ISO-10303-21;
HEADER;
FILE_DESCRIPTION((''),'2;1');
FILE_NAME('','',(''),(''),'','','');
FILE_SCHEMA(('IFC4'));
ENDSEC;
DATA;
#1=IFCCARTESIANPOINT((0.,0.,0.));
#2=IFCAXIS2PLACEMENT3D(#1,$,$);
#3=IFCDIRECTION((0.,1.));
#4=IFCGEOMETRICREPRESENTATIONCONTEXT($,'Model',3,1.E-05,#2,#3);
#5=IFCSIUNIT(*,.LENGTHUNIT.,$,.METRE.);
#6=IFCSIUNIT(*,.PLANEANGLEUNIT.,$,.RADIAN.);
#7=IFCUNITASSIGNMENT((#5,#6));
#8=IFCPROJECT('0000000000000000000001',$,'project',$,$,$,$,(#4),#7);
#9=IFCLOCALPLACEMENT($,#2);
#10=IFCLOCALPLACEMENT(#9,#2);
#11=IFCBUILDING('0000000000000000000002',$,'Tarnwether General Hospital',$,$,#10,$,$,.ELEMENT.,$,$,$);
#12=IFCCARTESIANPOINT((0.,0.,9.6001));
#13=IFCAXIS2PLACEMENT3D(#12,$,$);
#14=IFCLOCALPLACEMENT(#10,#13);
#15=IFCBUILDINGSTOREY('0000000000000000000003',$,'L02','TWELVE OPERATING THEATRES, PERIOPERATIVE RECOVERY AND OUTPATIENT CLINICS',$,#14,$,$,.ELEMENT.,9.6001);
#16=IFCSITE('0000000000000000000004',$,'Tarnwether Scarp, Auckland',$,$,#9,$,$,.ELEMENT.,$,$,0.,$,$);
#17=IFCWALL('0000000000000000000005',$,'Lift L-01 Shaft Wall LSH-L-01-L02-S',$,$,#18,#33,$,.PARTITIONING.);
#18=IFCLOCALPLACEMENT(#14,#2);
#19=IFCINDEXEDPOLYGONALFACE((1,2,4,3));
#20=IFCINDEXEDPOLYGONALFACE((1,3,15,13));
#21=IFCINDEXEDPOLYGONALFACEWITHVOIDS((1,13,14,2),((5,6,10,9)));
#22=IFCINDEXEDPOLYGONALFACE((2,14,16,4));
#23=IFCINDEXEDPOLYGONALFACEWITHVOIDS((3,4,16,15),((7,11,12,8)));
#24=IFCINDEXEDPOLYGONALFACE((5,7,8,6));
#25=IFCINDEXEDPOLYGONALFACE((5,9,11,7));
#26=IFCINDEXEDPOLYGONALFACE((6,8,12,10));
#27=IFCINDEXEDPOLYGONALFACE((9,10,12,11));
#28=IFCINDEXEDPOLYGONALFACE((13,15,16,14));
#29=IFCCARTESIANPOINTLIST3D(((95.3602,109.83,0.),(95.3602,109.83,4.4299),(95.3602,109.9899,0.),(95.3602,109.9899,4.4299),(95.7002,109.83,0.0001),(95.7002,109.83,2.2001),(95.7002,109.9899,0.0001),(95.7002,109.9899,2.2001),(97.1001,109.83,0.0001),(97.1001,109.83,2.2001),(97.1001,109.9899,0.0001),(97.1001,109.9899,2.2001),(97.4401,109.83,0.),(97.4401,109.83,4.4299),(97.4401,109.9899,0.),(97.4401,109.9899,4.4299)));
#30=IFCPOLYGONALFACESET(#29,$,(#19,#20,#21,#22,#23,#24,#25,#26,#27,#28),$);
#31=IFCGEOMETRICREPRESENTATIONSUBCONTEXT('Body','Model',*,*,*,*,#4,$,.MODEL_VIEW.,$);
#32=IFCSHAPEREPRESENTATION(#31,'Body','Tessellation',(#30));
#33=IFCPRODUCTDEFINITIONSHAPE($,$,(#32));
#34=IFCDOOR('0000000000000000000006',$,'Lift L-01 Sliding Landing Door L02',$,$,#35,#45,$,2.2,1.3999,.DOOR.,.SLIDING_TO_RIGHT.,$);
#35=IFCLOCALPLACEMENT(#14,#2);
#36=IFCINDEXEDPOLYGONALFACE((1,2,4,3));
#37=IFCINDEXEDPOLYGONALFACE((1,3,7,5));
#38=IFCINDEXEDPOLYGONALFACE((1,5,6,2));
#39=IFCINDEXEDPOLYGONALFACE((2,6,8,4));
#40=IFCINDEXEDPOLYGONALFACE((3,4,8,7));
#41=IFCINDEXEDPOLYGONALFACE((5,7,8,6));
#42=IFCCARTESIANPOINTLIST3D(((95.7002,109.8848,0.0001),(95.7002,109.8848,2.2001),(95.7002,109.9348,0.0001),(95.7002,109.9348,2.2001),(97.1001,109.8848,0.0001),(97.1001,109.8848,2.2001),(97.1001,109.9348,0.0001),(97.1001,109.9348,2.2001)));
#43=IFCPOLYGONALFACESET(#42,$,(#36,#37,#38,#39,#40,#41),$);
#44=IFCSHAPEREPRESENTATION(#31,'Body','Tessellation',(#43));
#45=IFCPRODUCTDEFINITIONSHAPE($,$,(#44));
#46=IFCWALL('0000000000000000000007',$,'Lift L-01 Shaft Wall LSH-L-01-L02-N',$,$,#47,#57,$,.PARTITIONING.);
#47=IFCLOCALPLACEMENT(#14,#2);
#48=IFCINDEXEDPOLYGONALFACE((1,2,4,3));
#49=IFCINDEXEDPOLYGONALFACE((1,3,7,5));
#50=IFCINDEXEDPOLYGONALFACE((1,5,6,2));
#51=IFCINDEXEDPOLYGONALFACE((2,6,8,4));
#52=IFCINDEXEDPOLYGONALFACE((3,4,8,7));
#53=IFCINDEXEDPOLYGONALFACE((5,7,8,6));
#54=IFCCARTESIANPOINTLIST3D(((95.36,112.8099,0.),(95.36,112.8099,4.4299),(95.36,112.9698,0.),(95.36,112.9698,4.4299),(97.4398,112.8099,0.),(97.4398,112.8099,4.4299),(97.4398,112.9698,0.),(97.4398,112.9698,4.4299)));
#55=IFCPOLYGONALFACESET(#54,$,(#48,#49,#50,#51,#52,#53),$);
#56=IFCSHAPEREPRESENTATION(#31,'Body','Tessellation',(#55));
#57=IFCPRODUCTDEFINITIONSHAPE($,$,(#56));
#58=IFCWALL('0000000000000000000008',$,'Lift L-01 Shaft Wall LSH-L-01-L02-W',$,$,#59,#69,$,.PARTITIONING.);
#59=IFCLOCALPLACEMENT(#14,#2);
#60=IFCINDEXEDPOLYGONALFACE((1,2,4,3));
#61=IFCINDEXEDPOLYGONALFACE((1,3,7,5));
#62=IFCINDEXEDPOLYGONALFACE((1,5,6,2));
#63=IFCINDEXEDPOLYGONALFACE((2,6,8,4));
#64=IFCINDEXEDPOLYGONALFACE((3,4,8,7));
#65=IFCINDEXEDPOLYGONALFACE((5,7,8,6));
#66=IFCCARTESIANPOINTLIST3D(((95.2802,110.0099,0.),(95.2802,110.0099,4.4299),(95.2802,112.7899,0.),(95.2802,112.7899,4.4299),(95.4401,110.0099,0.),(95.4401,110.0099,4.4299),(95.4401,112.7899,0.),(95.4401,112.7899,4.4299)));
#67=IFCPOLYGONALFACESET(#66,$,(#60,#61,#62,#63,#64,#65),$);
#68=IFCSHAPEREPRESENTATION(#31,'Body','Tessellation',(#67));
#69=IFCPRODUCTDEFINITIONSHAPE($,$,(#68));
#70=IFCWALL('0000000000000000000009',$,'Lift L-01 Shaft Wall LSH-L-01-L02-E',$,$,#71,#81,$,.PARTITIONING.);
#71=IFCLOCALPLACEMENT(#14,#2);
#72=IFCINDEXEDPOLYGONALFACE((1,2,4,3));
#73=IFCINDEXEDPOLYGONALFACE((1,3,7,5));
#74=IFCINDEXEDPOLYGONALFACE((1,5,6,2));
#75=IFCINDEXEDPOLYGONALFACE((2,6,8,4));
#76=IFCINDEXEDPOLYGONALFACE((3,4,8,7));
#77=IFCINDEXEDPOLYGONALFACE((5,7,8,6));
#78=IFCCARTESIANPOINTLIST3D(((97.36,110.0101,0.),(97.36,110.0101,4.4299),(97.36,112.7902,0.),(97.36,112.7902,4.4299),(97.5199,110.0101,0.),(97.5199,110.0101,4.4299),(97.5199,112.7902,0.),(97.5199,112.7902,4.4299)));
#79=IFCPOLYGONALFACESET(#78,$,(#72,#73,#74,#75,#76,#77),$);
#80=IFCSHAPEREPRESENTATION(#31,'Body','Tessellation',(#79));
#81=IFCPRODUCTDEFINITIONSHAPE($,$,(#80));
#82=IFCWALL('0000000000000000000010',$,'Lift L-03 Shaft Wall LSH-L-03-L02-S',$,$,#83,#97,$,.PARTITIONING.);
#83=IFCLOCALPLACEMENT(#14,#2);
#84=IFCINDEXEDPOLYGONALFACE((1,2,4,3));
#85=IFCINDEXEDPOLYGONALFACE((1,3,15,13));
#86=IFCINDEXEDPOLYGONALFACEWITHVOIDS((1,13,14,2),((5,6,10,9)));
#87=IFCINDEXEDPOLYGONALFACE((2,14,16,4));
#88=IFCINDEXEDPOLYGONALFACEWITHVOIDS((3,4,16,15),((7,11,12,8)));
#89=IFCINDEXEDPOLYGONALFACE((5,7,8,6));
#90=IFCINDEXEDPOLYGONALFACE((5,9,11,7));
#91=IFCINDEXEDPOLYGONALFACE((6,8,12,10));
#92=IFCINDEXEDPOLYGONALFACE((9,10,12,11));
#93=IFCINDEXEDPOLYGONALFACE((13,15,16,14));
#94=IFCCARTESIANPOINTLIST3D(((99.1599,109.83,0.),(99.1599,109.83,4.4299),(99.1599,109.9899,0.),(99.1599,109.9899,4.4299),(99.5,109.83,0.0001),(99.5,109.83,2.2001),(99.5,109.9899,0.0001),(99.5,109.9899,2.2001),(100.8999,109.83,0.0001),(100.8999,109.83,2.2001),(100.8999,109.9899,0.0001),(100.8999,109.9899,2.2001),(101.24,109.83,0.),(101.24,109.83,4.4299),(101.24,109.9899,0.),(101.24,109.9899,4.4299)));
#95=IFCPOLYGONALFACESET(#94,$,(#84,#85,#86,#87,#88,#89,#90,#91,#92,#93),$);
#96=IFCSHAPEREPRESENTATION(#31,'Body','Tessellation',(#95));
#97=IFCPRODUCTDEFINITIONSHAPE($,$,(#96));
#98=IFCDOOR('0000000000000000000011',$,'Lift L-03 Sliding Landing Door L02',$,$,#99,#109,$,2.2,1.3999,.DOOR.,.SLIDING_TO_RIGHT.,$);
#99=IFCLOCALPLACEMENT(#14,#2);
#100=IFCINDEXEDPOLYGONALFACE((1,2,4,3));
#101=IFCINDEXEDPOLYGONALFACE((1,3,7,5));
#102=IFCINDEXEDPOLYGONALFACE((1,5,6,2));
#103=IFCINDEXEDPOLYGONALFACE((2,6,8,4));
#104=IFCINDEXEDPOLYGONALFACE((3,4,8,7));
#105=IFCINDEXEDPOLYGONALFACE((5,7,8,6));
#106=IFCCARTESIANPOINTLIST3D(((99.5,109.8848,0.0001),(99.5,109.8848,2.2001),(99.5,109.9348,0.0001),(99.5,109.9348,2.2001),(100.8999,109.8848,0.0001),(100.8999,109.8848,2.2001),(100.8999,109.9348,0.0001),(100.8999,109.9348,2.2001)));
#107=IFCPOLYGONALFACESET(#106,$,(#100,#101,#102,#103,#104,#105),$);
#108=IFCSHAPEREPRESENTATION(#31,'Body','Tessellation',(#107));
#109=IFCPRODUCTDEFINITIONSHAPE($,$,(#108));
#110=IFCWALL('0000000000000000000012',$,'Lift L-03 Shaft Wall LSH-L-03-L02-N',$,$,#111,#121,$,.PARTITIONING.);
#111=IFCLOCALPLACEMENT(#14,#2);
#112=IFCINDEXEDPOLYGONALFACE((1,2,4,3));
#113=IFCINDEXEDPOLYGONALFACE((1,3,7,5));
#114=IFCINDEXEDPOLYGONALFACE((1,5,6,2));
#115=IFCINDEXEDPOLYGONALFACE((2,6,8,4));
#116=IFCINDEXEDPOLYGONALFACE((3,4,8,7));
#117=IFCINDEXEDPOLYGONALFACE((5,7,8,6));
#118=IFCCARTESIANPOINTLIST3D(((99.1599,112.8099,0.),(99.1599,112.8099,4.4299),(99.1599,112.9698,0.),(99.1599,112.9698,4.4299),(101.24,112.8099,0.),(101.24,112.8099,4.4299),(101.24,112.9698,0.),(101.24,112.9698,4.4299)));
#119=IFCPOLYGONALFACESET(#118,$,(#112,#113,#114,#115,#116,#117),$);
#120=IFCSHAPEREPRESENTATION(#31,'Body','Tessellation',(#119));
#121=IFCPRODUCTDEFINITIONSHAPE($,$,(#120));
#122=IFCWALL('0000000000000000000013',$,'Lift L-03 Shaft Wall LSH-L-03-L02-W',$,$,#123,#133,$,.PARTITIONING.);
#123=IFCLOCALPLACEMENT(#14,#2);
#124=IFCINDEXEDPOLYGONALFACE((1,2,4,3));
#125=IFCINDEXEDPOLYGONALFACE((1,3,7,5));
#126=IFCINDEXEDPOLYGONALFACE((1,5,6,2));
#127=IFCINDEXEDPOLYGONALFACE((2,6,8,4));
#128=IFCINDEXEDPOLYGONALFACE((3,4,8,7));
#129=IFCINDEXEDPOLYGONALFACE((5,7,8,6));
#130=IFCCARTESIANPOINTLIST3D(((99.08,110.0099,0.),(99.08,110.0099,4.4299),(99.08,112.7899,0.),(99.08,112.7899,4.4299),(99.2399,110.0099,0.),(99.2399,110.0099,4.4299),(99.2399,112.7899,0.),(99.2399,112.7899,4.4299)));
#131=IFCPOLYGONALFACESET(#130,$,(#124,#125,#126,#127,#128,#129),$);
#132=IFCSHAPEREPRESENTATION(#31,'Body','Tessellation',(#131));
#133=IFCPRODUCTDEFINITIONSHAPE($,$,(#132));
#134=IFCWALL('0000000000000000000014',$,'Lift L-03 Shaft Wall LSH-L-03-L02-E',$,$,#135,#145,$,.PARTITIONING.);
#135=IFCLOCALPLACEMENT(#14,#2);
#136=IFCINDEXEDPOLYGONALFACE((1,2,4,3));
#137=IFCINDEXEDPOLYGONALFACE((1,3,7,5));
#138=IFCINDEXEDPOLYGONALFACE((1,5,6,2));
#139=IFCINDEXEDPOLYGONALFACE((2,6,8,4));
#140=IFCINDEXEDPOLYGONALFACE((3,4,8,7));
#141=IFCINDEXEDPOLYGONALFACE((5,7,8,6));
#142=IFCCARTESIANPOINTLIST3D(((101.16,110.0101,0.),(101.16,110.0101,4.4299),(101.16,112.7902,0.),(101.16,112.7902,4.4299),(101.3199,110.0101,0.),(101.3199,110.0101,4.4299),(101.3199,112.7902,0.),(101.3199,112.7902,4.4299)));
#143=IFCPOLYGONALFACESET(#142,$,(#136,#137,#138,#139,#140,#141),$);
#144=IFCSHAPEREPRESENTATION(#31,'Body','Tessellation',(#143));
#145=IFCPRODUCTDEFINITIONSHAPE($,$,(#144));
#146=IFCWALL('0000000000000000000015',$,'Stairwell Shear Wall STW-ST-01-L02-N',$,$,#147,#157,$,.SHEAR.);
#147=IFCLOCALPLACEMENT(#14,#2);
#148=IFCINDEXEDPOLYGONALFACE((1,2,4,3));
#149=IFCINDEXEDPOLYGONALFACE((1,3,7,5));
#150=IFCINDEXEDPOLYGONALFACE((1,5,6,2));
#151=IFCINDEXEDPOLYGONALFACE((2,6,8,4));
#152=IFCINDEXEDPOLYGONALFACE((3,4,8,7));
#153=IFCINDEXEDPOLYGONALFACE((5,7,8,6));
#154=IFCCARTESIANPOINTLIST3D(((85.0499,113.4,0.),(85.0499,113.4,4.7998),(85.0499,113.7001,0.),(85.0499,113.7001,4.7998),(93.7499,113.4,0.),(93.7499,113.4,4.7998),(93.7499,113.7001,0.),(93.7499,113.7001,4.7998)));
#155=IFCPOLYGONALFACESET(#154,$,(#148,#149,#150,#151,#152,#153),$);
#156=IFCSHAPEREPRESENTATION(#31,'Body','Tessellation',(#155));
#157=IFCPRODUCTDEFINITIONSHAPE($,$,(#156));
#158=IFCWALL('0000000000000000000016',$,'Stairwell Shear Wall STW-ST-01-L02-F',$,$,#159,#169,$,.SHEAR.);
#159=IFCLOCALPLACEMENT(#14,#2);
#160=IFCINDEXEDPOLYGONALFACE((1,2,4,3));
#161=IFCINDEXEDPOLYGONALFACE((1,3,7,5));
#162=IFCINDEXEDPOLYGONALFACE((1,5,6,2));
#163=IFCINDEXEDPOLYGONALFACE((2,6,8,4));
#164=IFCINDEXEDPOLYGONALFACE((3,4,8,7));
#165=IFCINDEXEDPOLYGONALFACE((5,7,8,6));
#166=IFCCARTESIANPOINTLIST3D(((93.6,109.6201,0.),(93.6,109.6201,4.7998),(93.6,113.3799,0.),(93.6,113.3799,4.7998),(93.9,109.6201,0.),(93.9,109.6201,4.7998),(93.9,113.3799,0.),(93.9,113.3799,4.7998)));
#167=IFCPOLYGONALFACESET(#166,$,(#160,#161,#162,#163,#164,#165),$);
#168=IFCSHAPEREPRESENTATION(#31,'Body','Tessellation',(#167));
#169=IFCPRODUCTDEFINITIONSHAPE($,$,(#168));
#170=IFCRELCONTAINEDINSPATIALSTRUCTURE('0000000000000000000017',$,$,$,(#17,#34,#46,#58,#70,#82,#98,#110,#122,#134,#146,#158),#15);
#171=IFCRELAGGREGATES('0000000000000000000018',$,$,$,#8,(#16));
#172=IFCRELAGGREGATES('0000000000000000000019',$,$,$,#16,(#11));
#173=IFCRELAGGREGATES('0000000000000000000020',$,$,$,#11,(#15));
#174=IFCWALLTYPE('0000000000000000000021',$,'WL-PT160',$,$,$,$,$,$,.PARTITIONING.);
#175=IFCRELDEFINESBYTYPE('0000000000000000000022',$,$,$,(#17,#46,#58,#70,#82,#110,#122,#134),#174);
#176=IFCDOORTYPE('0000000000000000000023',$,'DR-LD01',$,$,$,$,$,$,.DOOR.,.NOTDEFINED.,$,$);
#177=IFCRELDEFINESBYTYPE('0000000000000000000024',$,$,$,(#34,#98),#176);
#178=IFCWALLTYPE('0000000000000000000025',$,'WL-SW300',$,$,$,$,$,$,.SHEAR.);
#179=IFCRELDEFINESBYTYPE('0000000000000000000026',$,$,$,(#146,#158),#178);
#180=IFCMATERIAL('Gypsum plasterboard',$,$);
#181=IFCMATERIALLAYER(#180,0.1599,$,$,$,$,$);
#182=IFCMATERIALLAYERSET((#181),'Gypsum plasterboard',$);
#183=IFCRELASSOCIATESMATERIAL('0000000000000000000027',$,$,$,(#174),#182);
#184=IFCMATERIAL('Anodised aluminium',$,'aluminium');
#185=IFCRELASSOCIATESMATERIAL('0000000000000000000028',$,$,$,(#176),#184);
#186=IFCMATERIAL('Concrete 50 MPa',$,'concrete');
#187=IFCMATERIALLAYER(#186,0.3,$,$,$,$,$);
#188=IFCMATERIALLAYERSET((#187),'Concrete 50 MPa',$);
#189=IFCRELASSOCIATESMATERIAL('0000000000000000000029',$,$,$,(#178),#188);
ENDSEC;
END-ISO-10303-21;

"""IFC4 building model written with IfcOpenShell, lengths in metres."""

from ifc_helpers import new_model, si_unit, direction, frame, frame_2d, origin, place, context, subcontext, project, spatial, rectangle, extrude, material, layer, layer_set, type_object, element, fill, save


model = new_model("IFC4")

# Units and contexts
model_context = context("Model", 3, precision=1e-05, world=origin(), true_north=direction((0.0, 1.0)))
body_context = subcontext(model_context, "Body", "Model", "MODEL_VIEW")
ifc_project = project(units=[si_unit("LENGTHUNIT", "METRE"), si_unit("PLANEANGLEUNIT", "RADIAN")], contexts=[model_context])

# Site, building, storey
site_placement = place(None, origin())
site = spatial("IfcSite", under=ifc_project, at=site_placement, Name="Tarnwether Scarp, Auckland", CompositionType="ELEMENT", RefElevation=0.0)
building_placement = place(site_placement, origin())
building = spatial("IfcBuilding", under=site, at=building_placement, Name="Tarnwether General Hospital", CompositionType="ELEMENT")
storey_placement = place(building_placement, frame((0.0, 0.0, 9.6001)))
storey = spatial("IfcBuildingStorey", under=building, at=storey_placement, Name="L02", Description="TWELVE OPERATING THEATRES, PERIOPERATIVE RECOVERY AND OUTPATIENT CLINICS", CompositionType="ELEMENT", Elevation=9.6001)

# Wall, opening, door
ifc_material_1 = material(Name="Gypsum plasterboard")
ifc_layer_1 = layer(ifc_material_1, 0.1599)
ifc_layer_set_1 = layer_set([ifc_layer_1], Name="Gypsum plasterboard")
wall_type_1 = type_object("IfcWallType", Name="WL-PT160", PredefinedType="PARTITIONING", material=ifc_layer_set_1)
wall_1_placement = place(storey_placement, frame((95.3601, 109.9099, 0.0), z_axis=(0.0, 0.0, 1.0), x_axis=(1.0, 0.0, 0.0)))
wall_1 = element("IfcWall", 1, at=wall_1_placement, inside=storey, type_object=wall_type_1, Name="Lift L-01 Shaft Wall LSH-L-01-L02-S", PredefinedType="PARTITIONING", context=body_context, shape_type="SweptSolid", body=[
    extrude(rectangle(XDim=2.0798, YDim=0.1599, at=frame_2d((1.04, 0.0))), origin(), (0.0, 0.0, 1.0), 4.4299),
])
opening_1_placement = place(wall_1_placement, frame((0.3401, 0.0, 0.0)))
opening_1 = element("IfcOpeningElement", 2, at=opening_1_placement, cuts=wall_1, PredefinedType="OPENING", context=body_context, shape_type="SweptSolid", body=[
    extrude(rectangle(XDim=1.3999, YDim=2.2, at=frame_2d((0.7, 1.1001))), frame((0.0, 0.0898, 0.0), z_axis=(0.0, -1.0, 0.0), x_axis=(1.0, 0.0, 0.0)), (0.0, 0.0, 1.0), 0.1799),
])
ifc_material_2 = material(Name="Anodised aluminium", Category="aluminium")
door_type_1 = type_object("IfcDoorType", Name="DR-LD01", OperationType="NOTDEFINED", PredefinedType="DOOR", material=ifc_material_2)
door_1_placement = place(opening_1_placement, origin())
door_1 = element("IfcDoor", 3, at=door_1_placement, inside=storey, type_object=door_type_1, Name="Lift L-01 Sliding Landing Door L02", OperationType="SLIDING_TO_RIGHT", OverallHeight=2.2, OverallWidth=1.3999, PredefinedType="DOOR", context=body_context, shape_type="SweptSolid", body=[
    extrude(rectangle(XDim=1.3999, YDim=2.2, at=frame_2d((0.7, 1.1001))), frame((0.0, 0.0249, 0.0), z_axis=(0.0, -1.0, 0.0), x_axis=(1.0, 0.0, 0.0)), (0.0, 0.0, 1.0), 0.05),
])
fill(opening_1, door_1)

# Walls
wall_2_placement = place(storey_placement, frame((97.4399, 112.8899, 0.0), z_axis=(0.0, 0.0, 1.0), x_axis=(-1.0, 0.0, 0.0)))
element("IfcWall", 4, at=wall_2_placement, inside=storey, type_object=wall_type_1, Name="Lift L-01 Shaft Wall LSH-L-01-L02-N", PredefinedType="PARTITIONING", context=body_context, shape_type="SweptSolid", body=[
    extrude(rectangle(XDim=2.0798, YDim=0.1599, at=frame_2d((1.04, 0.0))), origin(), (0.0, 0.0, 1.0), 4.4299),
])
for number, where, z_axis, x_axis, name in (
    (5, (95.3601, 112.79, 0.0), (0.0, 0.0, 1.0), (0.0, -1.0, 0.0), "Lift L-01 Shaft Wall LSH-L-01-L02-W"),
    (6, (97.4399, 110.01, 0.0), (0.0, 0.0, 1.0), (0.0, 1.0, 0.0), "Lift L-01 Shaft Wall LSH-L-01-L02-E"),
):
    element("IfcWall", number, at=place(storey_placement, frame(where, z_axis=z_axis, x_axis=x_axis)), inside=storey, type_object=wall_type_1, Name=name, PredefinedType="PARTITIONING", context=body_context, shape_type="SweptSolid", body=[
        extrude(rectangle(XDim=2.78, YDim=0.1599, at=frame_2d((1.3901, 0.0))), origin(), (0.0, 0.0, 1.0), 4.4299),
    ])

# Wall, opening, door
wall_3_placement = place(storey_placement, frame((99.1599, 109.9099, 0.0), z_axis=(0.0, 0.0, 1.0), x_axis=(1.0, 0.0, 0.0)))
wall_3 = element("IfcWall", 7, at=wall_3_placement, inside=storey, type_object=wall_type_1, Name="Lift L-03 Shaft Wall LSH-L-03-L02-S", PredefinedType="PARTITIONING", context=body_context, shape_type="SweptSolid", body=[
    extrude(rectangle(XDim=2.0801, YDim=0.1599, at=frame_2d((1.04, 0.0))), origin(), (0.0, 0.0, 1.0), 4.4299),
])
opening_2_placement = place(wall_3_placement, frame((0.3401, 0.0, 0.0)))
opening_2 = element("IfcOpeningElement", 8, at=opening_2_placement, cuts=wall_3, PredefinedType="OPENING", context=body_context, shape_type="SweptSolid", body=[
    extrude(rectangle(XDim=1.3999, YDim=2.2, at=frame_2d((0.7, 1.1001))), frame((0.0, 0.0898, 0.0), z_axis=(0.0, -1.0, 0.0), x_axis=(1.0, 0.0, 0.0)), (0.0, 0.0, 1.0), 0.1799),
])
door_2_placement = place(opening_2_placement, origin())
door_2 = element("IfcDoor", 9, at=door_2_placement, inside=storey, type_object=door_type_1, Name="Lift L-03 Sliding Landing Door L02", OperationType="SLIDING_TO_RIGHT", OverallHeight=2.2, OverallWidth=1.3999, PredefinedType="DOOR", context=body_context, shape_type="SweptSolid", body=[
    extrude(rectangle(XDim=1.3999, YDim=2.2, at=frame_2d((0.7, 1.1001))), frame((0.0, 0.0249, 0.0), z_axis=(0.0, -1.0, 0.0), x_axis=(1.0, 0.0, 0.0)), (0.0, 0.0, 1.0), 0.05),
])
fill(opening_2, door_2)

# Walls
wall_4_placement = place(storey_placement, frame((101.24, 112.8899, 0.0), z_axis=(0.0, 0.0, 1.0), x_axis=(-1.0, 0.0, 0.0)))
element("IfcWall", 10, at=wall_4_placement, inside=storey, type_object=wall_type_1, Name="Lift L-03 Shaft Wall LSH-L-03-L02-N", PredefinedType="PARTITIONING", context=body_context, shape_type="SweptSolid", body=[
    extrude(rectangle(XDim=2.0801, YDim=0.1599, at=frame_2d((1.04, 0.0))), origin(), (0.0, 0.0, 1.0), 4.4299),
])
for number, where, z_axis, x_axis, name in (
    (11, (99.1599, 112.79, 0.0), (0.0, 0.0, 1.0), (0.0, -1.0, 0.0), "Lift L-03 Shaft Wall LSH-L-03-L02-W"),
    (12, (101.24, 110.01, 0.0), (0.0, 0.0, 1.0), (0.0, 1.0, 0.0), "Lift L-03 Shaft Wall LSH-L-03-L02-E"),
):
    element("IfcWall", number, at=place(storey_placement, frame(where, z_axis=z_axis, x_axis=x_axis)), inside=storey, type_object=wall_type_1, Name=name, PredefinedType="PARTITIONING", context=body_context, shape_type="SweptSolid", body=[
        extrude(rectangle(XDim=2.78, YDim=0.1599, at=frame_2d((1.3901, 0.0))), origin(), (0.0, 0.0, 1.0), 4.4299),
    ])

# Walls
ifc_material_3 = material(Name="Concrete 50 MPa", Category="concrete")
ifc_layer_2 = layer(ifc_material_3, 0.3)
ifc_layer_set_2 = layer_set([ifc_layer_2], Name="Concrete 50 MPa")
wall_type_2 = type_object("IfcWallType", Name="WL-SW300", PredefinedType="SHEAR", material=ifc_layer_set_2)
wall_5_placement = place(storey_placement, frame((93.75, 113.55, 0.0), z_axis=(0.0, 0.0, 1.0), x_axis=(-1.0, 0.0, 0.0)))
element("IfcWall", 13, at=wall_5_placement, inside=storey, type_object=wall_type_2, Name="Stairwell Shear Wall STW-ST-01-L02-N", PredefinedType="SHEAR", context=body_context, shape_type="SweptSolid", body=[
    extrude(rectangle(XDim=8.7, YDim=0.3, at=frame_2d((4.3501, 0.0))), origin(), (0.0, 0.0, 1.0), 4.7998),
])
wall_6_placement = place(storey_placement, frame((93.75, 109.6201, 0.0), z_axis=(0.0, 0.0, 1.0), x_axis=(0.0, 1.0, 0.0)))
element("IfcWall", 14, at=wall_6_placement, inside=storey, type_object=wall_type_2, Name="Stairwell Shear Wall STW-ST-01-L02-F", PredefinedType="SHEAR", context=body_context, shape_type="SweptSolid", body=[
    extrude(rectangle(XDim=3.7598, YDim=0.3, at=frame_2d((1.8799, 0.0))), origin(), (0.0, 0.0, 1.0), 4.7998),
])

save(model, "model.ifc")
